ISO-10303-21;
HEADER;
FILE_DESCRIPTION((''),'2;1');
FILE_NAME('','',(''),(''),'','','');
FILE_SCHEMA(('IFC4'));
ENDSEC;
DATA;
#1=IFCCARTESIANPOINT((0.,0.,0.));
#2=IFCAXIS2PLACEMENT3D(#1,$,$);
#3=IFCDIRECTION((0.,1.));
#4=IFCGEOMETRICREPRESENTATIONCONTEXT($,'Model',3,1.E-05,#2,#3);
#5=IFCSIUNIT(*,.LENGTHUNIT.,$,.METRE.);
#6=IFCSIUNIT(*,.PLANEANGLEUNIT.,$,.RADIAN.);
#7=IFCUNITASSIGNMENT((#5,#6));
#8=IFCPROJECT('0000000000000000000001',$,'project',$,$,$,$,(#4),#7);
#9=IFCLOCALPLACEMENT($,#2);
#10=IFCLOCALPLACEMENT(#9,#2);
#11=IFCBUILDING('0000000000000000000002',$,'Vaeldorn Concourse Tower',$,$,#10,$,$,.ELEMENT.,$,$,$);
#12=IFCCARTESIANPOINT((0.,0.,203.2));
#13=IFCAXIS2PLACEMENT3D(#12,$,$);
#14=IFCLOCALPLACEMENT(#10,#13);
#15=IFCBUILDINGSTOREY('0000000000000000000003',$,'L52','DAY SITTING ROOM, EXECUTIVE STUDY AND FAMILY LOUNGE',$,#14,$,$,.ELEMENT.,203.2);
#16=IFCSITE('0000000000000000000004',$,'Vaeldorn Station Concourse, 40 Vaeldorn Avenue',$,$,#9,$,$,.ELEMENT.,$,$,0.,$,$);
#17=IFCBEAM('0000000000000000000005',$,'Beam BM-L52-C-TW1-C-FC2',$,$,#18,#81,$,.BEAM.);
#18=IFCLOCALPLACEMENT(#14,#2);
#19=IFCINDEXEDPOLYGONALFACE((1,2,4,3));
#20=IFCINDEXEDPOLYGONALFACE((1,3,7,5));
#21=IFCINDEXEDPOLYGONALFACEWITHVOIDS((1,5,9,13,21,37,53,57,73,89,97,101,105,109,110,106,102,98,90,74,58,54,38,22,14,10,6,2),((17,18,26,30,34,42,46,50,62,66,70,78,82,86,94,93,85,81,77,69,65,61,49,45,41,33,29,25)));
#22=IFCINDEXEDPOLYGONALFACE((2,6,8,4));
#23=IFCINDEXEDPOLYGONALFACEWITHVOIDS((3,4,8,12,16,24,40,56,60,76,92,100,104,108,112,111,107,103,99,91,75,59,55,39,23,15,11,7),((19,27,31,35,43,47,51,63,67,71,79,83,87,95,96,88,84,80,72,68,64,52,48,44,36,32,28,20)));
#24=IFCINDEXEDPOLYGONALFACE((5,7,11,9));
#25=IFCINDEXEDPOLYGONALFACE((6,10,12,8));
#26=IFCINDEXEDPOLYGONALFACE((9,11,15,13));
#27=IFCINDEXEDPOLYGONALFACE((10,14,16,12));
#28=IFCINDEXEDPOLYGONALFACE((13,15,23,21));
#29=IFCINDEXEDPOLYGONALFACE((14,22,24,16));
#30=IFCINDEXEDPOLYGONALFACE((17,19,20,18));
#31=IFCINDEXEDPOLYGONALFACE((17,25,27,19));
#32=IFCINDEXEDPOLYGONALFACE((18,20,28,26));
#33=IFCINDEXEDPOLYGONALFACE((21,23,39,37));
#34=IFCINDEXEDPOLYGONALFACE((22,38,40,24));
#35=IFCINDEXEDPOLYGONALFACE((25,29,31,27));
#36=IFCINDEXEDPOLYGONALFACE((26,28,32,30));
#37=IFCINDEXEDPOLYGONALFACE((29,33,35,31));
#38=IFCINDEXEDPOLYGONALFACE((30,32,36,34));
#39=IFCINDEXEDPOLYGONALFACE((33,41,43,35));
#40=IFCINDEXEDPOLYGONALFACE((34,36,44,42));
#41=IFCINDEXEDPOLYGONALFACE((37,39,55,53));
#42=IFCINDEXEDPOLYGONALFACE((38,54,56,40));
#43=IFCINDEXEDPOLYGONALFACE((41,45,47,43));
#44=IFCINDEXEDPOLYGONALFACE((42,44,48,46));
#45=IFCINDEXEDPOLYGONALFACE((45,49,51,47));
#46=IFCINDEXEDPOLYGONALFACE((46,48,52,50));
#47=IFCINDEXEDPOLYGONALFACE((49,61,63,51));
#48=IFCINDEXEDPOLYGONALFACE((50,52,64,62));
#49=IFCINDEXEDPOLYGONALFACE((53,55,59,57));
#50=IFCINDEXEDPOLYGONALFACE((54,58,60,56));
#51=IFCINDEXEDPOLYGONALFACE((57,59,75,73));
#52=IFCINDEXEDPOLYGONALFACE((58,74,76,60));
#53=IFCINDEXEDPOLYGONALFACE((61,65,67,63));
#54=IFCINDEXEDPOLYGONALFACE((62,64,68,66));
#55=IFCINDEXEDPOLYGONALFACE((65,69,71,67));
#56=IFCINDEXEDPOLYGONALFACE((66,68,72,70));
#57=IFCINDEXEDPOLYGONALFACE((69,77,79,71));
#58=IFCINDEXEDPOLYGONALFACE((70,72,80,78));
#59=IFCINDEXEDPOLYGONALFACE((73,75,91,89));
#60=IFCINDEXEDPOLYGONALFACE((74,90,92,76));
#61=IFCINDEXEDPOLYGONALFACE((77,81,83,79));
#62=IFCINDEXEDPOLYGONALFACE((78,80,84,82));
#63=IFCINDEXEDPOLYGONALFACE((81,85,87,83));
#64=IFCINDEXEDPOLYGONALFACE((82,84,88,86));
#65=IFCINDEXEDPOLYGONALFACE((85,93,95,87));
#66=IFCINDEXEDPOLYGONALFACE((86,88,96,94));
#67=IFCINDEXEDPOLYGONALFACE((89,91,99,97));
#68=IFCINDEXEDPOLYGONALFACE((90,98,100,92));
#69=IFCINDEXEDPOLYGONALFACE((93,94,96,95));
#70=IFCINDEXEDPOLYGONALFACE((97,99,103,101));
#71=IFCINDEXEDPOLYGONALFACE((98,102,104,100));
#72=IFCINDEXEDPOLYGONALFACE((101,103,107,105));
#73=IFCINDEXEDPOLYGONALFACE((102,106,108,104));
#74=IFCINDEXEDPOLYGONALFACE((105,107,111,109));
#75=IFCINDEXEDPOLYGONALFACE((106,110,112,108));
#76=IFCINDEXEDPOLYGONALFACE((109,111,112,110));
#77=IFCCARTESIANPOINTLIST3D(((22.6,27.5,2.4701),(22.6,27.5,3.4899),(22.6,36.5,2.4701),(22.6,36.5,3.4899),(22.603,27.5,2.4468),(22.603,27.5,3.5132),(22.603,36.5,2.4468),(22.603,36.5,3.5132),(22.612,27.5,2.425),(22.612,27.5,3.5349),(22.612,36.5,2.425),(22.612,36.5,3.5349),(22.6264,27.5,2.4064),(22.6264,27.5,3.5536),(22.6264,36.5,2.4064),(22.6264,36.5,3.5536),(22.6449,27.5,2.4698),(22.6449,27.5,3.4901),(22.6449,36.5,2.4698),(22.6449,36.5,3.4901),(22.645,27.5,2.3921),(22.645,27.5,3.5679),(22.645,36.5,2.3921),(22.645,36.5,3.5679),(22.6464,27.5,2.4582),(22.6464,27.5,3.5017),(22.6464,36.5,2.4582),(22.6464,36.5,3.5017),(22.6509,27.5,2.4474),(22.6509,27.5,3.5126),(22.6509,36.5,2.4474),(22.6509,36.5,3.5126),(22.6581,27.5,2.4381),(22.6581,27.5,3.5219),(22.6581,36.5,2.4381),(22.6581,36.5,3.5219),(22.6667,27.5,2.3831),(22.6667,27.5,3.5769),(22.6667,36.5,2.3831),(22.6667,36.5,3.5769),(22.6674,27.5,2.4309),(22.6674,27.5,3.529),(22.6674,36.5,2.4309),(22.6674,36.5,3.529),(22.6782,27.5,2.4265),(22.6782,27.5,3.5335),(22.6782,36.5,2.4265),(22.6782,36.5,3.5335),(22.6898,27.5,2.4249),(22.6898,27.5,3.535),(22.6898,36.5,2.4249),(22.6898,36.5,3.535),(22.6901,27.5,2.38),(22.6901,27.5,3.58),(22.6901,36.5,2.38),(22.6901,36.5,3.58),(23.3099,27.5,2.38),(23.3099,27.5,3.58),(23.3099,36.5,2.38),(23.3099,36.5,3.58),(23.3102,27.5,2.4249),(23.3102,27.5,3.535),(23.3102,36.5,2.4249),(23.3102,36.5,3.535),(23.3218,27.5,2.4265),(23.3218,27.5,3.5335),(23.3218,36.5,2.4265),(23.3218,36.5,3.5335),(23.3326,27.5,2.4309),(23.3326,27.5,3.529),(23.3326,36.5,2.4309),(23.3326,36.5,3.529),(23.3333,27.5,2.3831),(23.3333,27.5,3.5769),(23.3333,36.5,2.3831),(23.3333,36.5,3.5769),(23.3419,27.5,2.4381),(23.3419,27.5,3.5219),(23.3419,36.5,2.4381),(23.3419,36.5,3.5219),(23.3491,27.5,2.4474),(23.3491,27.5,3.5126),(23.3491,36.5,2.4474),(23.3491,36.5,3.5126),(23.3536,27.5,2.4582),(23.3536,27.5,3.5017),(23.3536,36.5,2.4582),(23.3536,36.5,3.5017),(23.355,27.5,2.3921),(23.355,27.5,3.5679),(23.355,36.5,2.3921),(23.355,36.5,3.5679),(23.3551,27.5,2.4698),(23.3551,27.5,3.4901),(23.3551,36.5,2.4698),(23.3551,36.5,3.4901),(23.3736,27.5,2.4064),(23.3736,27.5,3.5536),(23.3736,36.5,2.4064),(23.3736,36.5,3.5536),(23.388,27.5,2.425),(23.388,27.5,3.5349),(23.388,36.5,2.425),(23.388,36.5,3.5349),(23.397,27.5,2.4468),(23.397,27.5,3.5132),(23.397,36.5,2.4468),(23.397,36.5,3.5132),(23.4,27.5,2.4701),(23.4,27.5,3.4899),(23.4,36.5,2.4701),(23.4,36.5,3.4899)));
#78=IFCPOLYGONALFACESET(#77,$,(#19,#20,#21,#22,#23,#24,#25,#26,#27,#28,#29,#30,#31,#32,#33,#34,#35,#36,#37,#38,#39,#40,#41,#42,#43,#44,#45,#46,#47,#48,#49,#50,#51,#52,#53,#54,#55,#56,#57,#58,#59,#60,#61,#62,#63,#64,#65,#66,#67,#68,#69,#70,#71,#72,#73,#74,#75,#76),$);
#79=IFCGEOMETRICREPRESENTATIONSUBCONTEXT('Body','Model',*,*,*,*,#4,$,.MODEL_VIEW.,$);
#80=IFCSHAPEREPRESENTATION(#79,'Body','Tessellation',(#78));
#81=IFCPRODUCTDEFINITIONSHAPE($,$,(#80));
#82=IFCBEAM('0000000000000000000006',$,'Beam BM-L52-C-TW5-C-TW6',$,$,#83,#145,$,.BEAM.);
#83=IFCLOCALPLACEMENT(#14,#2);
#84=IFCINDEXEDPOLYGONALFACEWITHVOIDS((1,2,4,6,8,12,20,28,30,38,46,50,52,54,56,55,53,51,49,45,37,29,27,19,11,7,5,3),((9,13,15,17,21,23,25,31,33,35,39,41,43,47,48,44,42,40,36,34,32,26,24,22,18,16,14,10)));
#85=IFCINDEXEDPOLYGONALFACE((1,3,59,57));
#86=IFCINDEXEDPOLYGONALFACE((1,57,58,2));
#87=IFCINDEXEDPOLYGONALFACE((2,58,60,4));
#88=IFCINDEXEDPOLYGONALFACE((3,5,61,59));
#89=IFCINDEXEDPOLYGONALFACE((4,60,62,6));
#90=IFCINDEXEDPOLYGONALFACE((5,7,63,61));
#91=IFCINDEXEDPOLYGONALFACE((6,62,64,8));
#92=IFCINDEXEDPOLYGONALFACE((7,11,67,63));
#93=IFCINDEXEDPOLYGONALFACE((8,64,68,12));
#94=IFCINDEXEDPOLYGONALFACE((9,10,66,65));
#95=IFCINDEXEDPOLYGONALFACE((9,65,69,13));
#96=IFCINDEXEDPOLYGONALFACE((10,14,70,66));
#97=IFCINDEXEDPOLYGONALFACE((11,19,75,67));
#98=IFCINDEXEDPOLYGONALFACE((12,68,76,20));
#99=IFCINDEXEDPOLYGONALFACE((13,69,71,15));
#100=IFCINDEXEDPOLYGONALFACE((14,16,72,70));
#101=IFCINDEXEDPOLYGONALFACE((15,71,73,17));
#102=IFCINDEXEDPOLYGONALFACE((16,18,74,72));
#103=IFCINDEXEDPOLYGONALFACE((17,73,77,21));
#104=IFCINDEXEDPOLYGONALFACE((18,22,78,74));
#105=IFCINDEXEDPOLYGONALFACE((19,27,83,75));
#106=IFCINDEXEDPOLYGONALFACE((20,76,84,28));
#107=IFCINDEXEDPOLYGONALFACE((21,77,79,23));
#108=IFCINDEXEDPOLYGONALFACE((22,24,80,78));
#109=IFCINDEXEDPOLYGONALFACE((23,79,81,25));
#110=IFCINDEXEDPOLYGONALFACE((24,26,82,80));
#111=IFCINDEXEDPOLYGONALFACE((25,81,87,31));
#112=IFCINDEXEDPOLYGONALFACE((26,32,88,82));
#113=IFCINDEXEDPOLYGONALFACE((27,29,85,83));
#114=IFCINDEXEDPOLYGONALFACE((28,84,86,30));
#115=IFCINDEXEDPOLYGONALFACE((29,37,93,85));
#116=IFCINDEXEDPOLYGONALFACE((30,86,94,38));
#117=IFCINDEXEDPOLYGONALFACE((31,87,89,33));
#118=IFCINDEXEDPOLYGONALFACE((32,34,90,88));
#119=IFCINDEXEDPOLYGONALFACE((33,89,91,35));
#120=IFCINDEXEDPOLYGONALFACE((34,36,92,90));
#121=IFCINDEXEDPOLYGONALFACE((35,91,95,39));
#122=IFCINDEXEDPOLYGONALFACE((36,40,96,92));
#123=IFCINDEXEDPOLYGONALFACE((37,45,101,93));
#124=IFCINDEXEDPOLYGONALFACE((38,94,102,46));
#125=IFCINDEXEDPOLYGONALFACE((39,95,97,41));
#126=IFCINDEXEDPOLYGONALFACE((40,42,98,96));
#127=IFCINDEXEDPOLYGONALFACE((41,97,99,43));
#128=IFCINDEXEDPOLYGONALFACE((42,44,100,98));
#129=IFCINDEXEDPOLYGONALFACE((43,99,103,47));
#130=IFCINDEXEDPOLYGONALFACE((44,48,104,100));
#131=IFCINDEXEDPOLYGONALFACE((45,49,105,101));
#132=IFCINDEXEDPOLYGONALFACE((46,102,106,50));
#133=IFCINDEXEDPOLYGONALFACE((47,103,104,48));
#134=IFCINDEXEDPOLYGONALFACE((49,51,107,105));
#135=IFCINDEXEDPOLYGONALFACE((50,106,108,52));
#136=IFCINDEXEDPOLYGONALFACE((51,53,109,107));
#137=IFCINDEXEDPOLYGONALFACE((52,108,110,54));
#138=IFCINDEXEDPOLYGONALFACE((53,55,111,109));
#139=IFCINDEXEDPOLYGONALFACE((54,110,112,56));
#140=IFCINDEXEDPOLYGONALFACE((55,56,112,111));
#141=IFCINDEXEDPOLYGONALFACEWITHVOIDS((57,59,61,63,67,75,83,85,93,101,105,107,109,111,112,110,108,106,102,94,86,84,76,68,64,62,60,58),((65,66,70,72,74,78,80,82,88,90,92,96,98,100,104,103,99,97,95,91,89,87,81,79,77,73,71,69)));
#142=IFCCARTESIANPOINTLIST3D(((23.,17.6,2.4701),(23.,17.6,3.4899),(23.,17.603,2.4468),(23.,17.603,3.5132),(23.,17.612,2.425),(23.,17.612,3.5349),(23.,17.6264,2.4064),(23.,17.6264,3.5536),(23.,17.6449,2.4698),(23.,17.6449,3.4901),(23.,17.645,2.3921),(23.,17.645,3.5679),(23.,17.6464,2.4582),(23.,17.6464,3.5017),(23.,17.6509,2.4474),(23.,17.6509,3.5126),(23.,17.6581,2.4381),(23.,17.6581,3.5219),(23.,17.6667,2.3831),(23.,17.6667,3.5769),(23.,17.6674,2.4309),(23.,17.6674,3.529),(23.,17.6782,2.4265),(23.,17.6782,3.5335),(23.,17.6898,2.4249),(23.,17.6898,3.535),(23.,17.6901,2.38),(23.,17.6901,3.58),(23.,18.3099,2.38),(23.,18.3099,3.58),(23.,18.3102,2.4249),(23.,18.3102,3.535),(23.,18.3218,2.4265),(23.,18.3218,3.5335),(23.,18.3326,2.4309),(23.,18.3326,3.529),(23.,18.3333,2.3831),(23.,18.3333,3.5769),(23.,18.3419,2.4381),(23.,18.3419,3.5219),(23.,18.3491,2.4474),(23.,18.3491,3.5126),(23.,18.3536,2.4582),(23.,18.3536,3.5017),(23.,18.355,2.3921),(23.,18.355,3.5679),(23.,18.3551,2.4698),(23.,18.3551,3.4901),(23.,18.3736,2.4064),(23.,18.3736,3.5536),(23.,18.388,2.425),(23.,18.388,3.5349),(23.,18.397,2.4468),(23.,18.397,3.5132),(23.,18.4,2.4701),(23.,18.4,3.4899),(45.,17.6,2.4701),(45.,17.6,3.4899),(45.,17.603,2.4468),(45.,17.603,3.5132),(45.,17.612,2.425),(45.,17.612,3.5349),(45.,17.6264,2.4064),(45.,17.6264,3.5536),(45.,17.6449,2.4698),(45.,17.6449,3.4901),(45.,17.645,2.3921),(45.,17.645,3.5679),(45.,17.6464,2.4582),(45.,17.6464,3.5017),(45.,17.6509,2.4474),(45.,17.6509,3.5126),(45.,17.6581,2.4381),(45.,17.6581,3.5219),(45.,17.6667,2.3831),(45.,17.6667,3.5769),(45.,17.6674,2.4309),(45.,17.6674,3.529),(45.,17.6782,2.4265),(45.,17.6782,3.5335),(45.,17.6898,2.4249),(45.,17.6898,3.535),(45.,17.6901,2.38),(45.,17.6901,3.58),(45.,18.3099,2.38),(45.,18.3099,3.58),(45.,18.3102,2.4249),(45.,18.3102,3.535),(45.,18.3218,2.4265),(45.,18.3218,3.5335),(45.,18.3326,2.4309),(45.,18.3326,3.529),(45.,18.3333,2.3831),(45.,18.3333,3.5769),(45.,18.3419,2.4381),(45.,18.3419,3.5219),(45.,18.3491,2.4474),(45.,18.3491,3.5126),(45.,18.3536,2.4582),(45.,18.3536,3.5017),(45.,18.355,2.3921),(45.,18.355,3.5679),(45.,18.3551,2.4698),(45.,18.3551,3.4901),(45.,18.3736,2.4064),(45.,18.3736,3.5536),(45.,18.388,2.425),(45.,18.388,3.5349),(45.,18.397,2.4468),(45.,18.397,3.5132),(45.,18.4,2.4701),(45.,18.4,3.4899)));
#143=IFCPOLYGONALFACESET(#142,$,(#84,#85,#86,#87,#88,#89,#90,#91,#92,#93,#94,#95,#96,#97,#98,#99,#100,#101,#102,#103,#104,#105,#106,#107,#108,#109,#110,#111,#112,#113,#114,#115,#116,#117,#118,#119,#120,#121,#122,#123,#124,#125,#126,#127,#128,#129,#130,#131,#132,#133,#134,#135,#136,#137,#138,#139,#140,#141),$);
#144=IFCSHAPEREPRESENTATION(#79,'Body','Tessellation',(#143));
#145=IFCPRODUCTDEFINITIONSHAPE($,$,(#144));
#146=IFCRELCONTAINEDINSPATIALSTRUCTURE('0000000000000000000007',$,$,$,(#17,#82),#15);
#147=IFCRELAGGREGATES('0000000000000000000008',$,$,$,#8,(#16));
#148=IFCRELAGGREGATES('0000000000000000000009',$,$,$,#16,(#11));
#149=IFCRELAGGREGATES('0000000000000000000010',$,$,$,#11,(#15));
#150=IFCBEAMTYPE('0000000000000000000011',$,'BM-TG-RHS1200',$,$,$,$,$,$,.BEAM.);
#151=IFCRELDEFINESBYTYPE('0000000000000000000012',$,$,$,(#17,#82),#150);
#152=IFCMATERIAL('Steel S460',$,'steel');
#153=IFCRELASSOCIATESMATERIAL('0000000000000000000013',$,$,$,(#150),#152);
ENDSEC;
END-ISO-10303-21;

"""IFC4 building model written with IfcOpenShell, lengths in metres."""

from ifc_helpers import new_model, si_unit, direction, frame, origin, origin_2d, place, context, subcontext, project, spatial, hollow_rectangle, extrude, source, transform, mapped, material, material_profile, profile_set, type_object, element, save


model = new_model("IFC4")

# Units and contexts
model_context = context("Model", 3, precision=1e-05, world=origin(), true_north=direction((0.0, 1.0)))
body_context = subcontext(model_context, "Body", "Model", "MODEL_VIEW")
ifc_project = project(units=[si_unit("LENGTHUNIT", "METRE"), si_unit("PLANEANGLEUNIT", "RADIAN")], contexts=[model_context])

# Site, building, storey
site_placement = place(None, origin())
site = spatial("IfcSite", under=ifc_project, at=site_placement, Name="Vaeldorn Station Concourse, 40 Vaeldorn Avenue", CompositionType="ELEMENT", RefElevation=0.0)
building_placement = place(site_placement, origin())
building = spatial("IfcBuilding", under=site, at=building_placement, Name="Vaeldorn Concourse Tower", CompositionType="ELEMENT")
storey_placement = place(building_placement, frame((0.0, 0.0, 203.2)))
storey = spatial("IfcBuildingStorey", under=building, at=storey_placement, Name="L52", Description="DAY SITTING ROOM, EXECUTIVE STUDY AND FAMILY LOUNGE", CompositionType="ELEMENT", Elevation=203.2)

# Shared definitions
ifc_material_1 = material(Name="Steel S460", Category="steel")

# Beams
ifc_material_profile_1 = material_profile(ifc_material_1, hollow_rectangle(XDim=0.8, YDim=1.2, WallThickness=0.0449, InnerFilletRadius=0.0449, OuterFilletRadius=0.0901, at=origin_2d()), Name="RHS 1200x800x45")
ifc_profile_set_1 = profile_set([ifc_material_profile_1], Name="Steel S460")
beam_type_1 = type_object("IfcBeamType", Name="BM-TG-RHS1200", PredefinedType="BEAM", material=ifc_profile_set_1)
shared_shape_1 = source(origin(), body_context, "Body", "SweptSolid", [
    extrude(hollow_rectangle(XDim=0.8, YDim=1.2, WallThickness=0.0449, InnerFilletRadius=0.0449, OuterFilletRadius=0.0901, at=origin_2d()), origin(), (0.0, 0.0, 1.0), 9.0),
])
beam_1_placement = place(storey_placement, frame((23.0, 27.5, 2.98), z_axis=(0.0, 1.0, 0.0), x_axis=(-1.0, 0.0, 0.0)))
element("IfcBeam", 1, at=beam_1_placement, inside=storey, type_object=beam_type_1, Name="Beam BM-L52-C-TW1-C-FC2", PredefinedType="BEAM", context=body_context, shape_type="MappedRepresentation", body=[
    mapped(shared_shape_1, transform((0.0, 0.0, 0.0), scale=1.0)),
])
shared_shape_2 = source(origin(), body_context, "Body", "SweptSolid", [
    extrude(hollow_rectangle(XDim=0.8, YDim=1.2, WallThickness=0.0449, InnerFilletRadius=0.0449, OuterFilletRadius=0.0901, at=origin_2d()), origin(), (0.0, 0.0, 1.0), 22.0),
])
beam_2_placement = place(storey_placement, frame((23.0, 18.0, 2.98), z_axis=(1.0, 0.0, 0.0), x_axis=(0.0, 1.0, 0.0)))
element("IfcBeam", 2, at=beam_2_placement, inside=storey, type_object=beam_type_1, Name="Beam BM-L52-C-TW5-C-TW6", PredefinedType="BEAM", context=body_context, shape_type="MappedRepresentation", body=[
    mapped(shared_shape_2, transform((0.0, 0.0, 0.0), scale=1.0)),
])

save(model, "model.ifc")
